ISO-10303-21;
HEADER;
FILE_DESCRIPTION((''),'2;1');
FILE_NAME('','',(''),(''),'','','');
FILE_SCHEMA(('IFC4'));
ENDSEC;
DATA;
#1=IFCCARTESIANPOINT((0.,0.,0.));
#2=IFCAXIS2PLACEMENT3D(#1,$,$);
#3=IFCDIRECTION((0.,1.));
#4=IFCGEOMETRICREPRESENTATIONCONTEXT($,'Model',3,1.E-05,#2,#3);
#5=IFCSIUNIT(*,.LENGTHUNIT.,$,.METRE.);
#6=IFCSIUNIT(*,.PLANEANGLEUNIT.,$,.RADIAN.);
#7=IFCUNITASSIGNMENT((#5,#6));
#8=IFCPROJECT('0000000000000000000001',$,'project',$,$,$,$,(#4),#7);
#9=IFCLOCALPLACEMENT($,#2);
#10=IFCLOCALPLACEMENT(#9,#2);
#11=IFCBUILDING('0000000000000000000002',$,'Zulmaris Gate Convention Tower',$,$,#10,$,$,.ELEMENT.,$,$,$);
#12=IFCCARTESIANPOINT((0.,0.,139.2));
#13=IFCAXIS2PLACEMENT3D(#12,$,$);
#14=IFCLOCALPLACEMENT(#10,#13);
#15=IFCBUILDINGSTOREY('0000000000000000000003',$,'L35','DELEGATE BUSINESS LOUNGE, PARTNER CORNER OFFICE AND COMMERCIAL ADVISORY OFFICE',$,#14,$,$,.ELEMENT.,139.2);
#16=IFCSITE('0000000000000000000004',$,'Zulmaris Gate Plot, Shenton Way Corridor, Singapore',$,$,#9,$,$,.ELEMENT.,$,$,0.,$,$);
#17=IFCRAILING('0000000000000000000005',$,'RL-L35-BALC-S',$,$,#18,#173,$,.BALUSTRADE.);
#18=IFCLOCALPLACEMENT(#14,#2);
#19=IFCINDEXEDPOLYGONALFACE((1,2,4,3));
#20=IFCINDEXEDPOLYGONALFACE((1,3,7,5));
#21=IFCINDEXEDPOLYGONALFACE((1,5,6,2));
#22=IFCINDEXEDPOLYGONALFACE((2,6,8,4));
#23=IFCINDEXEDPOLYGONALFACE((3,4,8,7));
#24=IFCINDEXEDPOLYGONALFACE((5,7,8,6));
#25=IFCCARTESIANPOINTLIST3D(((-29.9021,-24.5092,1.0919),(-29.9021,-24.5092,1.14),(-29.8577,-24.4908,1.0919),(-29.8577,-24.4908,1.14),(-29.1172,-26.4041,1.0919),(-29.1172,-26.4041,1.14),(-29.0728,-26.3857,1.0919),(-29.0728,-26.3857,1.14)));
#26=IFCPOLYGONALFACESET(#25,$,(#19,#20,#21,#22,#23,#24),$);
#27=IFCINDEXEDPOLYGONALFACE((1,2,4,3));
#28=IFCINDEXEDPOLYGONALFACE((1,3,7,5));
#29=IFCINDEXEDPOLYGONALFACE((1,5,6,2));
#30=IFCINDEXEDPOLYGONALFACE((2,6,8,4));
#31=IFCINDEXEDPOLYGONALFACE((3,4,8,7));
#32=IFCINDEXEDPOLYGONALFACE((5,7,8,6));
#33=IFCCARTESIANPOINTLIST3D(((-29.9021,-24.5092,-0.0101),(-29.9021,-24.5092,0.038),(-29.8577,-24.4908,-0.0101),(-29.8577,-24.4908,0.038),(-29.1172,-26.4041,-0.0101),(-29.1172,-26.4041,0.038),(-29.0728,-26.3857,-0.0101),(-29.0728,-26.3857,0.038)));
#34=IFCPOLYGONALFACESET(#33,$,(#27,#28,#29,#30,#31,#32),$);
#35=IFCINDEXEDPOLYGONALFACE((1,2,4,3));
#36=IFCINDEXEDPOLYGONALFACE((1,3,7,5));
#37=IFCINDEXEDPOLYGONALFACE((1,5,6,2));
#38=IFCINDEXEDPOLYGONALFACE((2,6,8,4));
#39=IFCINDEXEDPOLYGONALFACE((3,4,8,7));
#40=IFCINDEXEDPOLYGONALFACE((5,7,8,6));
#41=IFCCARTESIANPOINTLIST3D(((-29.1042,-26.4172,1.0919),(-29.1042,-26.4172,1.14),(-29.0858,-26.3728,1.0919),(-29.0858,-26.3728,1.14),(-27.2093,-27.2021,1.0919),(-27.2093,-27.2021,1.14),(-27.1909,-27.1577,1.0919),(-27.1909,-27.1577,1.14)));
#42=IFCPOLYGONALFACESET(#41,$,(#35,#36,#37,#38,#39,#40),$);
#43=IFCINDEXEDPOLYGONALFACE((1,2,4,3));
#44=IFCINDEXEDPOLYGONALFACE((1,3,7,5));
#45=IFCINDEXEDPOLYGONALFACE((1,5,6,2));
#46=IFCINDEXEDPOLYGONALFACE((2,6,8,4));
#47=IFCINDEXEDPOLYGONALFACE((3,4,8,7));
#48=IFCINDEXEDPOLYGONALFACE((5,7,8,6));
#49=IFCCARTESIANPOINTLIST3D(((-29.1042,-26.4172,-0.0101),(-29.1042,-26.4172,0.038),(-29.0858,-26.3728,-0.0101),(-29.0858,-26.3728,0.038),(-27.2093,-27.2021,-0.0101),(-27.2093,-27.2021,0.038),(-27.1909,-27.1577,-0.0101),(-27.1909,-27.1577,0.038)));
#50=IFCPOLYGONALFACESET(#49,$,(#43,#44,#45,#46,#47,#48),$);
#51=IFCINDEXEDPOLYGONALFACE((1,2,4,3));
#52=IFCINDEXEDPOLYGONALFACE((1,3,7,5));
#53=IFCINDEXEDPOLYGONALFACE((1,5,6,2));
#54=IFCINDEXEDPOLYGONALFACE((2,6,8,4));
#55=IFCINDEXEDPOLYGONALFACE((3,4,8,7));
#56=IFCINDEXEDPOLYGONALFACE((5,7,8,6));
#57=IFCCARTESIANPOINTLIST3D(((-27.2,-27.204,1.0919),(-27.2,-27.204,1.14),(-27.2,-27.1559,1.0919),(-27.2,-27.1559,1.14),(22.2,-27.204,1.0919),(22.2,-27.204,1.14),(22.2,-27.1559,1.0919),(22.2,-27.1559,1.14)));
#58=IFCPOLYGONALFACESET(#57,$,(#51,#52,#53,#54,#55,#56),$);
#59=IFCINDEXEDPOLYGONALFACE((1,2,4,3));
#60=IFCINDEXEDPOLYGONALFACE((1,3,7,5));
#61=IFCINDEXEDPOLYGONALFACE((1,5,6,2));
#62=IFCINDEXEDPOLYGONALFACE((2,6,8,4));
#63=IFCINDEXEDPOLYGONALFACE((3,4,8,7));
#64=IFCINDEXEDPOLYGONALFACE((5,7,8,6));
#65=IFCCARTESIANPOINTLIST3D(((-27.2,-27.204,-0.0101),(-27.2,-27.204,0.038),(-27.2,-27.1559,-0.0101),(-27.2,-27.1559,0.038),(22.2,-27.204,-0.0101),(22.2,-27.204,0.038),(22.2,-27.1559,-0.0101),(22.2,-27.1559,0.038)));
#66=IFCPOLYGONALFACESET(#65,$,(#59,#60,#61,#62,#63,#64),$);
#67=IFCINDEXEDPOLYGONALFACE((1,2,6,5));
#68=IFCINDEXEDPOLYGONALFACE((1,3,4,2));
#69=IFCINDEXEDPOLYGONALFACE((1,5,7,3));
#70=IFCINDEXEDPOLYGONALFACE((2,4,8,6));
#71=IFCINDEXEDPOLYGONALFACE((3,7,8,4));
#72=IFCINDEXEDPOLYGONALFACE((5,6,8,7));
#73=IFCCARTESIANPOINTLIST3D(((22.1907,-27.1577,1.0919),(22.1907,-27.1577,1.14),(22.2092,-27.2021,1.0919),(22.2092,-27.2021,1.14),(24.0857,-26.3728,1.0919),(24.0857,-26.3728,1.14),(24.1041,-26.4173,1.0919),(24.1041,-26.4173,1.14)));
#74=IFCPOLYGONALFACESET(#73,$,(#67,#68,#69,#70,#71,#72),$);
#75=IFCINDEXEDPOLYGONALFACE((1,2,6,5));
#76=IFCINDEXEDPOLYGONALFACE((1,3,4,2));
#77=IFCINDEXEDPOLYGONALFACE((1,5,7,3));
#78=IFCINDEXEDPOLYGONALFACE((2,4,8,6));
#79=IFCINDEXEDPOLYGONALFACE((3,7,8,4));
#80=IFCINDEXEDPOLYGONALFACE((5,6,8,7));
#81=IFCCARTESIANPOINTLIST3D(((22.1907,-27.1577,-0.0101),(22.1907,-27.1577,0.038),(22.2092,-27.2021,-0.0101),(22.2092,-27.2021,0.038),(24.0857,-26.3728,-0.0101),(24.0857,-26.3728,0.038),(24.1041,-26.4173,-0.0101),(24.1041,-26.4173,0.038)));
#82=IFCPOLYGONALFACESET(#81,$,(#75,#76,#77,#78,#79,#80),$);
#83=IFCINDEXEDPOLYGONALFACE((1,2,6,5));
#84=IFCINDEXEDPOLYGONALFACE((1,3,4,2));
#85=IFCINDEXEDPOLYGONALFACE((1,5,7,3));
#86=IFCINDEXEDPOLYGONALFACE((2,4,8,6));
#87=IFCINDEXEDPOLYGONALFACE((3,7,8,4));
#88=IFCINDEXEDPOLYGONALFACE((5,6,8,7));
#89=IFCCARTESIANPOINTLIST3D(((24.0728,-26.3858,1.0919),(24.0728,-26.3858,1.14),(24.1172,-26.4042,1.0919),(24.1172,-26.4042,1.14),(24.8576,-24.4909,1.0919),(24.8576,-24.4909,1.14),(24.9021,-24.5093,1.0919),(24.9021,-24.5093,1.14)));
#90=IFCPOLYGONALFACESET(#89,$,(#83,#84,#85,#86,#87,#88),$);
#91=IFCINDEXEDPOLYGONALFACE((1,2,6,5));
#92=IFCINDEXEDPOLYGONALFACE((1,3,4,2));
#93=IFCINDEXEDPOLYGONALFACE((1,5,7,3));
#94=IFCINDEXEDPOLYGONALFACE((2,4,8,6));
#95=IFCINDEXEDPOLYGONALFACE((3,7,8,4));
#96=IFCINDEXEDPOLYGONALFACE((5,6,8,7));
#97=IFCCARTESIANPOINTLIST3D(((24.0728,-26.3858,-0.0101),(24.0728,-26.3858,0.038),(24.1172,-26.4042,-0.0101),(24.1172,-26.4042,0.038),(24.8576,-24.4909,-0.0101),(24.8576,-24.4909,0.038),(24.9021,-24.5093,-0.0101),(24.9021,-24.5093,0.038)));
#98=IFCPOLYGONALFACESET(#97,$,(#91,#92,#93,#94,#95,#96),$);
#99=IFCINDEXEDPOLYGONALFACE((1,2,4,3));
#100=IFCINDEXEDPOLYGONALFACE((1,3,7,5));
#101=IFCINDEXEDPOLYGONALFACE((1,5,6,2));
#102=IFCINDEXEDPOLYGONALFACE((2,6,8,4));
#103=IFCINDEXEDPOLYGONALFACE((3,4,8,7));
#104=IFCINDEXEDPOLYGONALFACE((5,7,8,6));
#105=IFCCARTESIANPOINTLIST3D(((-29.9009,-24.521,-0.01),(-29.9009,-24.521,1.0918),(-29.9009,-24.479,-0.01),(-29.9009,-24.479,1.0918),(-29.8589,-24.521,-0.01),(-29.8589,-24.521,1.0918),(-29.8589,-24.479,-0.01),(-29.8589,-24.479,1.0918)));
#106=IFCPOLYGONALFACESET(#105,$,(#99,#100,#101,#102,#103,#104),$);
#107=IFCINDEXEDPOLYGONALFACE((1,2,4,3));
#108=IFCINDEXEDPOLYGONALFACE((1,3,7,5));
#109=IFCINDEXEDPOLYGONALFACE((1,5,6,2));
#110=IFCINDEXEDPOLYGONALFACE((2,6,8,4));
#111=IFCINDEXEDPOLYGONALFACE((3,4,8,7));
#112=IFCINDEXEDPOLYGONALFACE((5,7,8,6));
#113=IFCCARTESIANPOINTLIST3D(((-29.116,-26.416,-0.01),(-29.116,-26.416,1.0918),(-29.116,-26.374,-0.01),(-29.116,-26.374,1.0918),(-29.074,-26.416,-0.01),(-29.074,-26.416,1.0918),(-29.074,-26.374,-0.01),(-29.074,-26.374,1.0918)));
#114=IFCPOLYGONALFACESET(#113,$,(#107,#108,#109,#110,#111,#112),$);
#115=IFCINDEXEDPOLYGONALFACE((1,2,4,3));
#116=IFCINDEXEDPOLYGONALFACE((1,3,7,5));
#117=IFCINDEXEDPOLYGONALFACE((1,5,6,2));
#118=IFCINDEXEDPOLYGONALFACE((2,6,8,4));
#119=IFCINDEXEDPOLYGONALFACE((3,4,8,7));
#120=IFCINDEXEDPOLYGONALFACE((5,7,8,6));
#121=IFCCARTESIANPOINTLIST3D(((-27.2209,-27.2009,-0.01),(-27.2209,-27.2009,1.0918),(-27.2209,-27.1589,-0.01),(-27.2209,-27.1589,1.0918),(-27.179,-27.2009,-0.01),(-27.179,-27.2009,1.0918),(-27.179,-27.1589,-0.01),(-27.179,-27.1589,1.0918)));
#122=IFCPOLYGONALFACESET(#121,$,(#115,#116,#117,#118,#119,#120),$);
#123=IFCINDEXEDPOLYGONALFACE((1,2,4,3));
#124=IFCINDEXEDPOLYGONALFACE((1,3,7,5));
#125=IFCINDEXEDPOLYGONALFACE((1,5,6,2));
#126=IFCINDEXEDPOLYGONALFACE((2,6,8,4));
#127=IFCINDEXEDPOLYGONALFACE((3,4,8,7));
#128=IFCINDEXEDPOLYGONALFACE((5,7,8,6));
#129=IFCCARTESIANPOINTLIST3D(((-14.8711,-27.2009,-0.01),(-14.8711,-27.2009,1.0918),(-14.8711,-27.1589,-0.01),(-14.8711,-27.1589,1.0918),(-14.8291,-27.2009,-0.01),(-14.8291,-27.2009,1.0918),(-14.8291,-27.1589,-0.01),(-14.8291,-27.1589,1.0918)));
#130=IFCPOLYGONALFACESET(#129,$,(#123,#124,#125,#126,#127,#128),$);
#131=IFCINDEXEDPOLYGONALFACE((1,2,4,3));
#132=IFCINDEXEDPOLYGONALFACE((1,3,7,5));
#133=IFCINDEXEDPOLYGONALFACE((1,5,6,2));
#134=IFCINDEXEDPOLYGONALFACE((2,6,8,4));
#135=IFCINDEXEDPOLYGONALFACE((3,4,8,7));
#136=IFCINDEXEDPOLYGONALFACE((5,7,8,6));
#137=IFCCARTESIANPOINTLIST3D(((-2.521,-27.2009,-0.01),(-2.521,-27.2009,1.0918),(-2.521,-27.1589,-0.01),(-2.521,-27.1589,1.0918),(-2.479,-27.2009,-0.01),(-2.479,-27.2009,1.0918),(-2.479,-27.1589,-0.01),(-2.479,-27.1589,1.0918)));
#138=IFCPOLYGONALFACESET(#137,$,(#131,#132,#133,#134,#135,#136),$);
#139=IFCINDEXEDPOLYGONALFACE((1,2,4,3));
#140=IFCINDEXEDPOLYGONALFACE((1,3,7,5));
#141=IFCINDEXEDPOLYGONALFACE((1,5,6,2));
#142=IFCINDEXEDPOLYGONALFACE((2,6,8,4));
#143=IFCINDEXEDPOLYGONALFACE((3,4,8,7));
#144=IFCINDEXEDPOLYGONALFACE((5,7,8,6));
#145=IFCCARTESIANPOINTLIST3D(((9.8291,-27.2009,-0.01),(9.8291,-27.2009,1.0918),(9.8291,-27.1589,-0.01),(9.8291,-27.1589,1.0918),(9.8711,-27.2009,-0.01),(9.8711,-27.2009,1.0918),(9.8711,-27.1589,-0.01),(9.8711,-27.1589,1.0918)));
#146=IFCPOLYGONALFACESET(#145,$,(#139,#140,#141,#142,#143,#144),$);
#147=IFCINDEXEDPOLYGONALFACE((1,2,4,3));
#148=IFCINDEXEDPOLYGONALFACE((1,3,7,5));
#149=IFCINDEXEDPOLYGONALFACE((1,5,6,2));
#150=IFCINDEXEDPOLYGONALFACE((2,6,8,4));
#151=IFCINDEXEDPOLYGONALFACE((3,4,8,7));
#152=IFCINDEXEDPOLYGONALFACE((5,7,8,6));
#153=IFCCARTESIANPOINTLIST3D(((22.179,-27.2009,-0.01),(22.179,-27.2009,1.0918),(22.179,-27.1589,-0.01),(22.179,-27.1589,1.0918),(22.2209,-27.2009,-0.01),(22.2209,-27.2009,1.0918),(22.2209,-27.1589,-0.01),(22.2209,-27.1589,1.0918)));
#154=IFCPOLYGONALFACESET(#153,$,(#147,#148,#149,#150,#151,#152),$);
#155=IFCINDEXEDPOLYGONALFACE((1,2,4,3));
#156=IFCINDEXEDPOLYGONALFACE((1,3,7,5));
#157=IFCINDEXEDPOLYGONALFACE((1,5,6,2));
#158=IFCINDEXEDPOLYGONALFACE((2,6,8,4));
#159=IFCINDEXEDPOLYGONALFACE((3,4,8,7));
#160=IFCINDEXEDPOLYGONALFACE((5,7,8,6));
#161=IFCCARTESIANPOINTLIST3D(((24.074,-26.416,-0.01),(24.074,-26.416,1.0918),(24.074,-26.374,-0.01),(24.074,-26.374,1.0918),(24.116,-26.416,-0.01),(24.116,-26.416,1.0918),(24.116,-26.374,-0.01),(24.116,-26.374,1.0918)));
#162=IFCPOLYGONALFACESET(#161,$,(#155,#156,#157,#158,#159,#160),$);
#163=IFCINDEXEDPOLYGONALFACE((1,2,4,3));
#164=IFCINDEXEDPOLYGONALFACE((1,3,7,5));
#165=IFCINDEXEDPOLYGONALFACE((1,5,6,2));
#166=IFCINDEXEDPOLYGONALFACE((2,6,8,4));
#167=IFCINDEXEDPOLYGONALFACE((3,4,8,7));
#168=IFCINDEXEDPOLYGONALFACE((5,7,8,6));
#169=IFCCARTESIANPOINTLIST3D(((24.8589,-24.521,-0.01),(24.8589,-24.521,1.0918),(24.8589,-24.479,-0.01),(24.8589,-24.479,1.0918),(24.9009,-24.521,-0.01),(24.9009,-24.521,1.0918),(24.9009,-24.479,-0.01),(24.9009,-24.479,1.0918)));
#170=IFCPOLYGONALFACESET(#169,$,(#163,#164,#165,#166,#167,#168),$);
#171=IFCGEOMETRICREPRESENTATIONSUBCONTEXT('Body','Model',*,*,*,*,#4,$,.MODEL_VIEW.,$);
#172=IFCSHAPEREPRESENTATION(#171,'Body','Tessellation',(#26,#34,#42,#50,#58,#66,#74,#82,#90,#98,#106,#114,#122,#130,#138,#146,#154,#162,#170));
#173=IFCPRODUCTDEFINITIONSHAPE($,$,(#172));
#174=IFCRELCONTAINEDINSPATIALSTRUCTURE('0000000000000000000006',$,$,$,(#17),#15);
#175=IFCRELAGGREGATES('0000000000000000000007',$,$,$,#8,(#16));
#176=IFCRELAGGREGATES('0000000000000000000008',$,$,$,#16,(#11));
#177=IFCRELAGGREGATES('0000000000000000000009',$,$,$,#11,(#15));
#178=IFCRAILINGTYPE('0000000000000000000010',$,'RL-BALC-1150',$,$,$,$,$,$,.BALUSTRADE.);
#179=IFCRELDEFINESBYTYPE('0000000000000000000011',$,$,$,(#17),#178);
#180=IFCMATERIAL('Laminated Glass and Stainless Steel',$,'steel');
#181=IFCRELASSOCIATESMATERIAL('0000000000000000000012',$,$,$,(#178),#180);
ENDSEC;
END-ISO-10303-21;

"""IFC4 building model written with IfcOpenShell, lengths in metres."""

from ifc_helpers import new_model, si_unit, direction, frame, origin, origin_2d, place, context, subcontext, project, spatial, rectangle, extrude, material, type_object, element, save


model = new_model("IFC4")

# Units and contexts
model_context = context("Model", 3, precision=1e-05, world=origin(), true_north=direction((0.0, 1.0)))
body_context = subcontext(model_context, "Body", "Model", "MODEL_VIEW")
ifc_project = project(units=[si_unit("LENGTHUNIT", "METRE"), si_unit("PLANEANGLEUNIT", "RADIAN")], contexts=[model_context])

# Site, building, storey
site_placement = place(None, origin())
site = spatial("IfcSite", under=ifc_project, at=site_placement, Name="Zulmaris Gate Plot, Shenton Way Corridor, Singapore", CompositionType="ELEMENT", RefElevation=0.0)
building_placement = place(site_placement, origin())
building = spatial("IfcBuilding", under=site, at=building_placement, Name="Zulmaris Gate Convention Tower", CompositionType="ELEMENT")
storey_placement = place(building_placement, frame((0.0, 0.0, 139.2)))
storey = spatial("IfcBuildingStorey", under=building, at=storey_placement, Name="L35", Description="DELEGATE BUSINESS LOUNGE, PARTNER CORNER OFFICE AND COMMERCIAL ADVISORY OFFICE", CompositionType="ELEMENT", Elevation=139.2)

# Railing
ifc_material_1 = material(Name="Laminated Glass and Stainless Steel", Category="steel")
railing_type = type_object("IfcRailingType", Name="RL-BALC-1150", PredefinedType="BALUSTRADE", material=ifc_material_1)
railing_placement = place(storey_placement, frame((-29.8799, -24.5, -0.01)))
element("IfcRailing", 1, at=railing_placement, inside=storey, type_object=railing_type, Name="RL-L35-BALC-S", PredefinedType="BALUSTRADE", context=body_context, shape_type="SweptSolid", body=[
    extrude(rectangle(XDim=0.0481, YDim=0.0481, at=origin_2d()), frame((0.0, 0.0, 1.126), z_axis=(0.382671, -0.923885, 0.0), x_axis=(0.923885, 0.382671, 0.0)), (0.0, 0.0, 1.0), 2.051),
    extrude(rectangle(XDim=0.0481, YDim=0.0481, at=origin_2d()), frame((0.0, 0.0, 0.0239), z_axis=(0.382671, -0.923885, 0.0), x_axis=(0.923885, 0.382671, 0.0)), (0.0, 0.0, 1.0), 2.051),
    extrude(rectangle(XDim=0.0481, YDim=0.0481, at=origin_2d()), frame((0.7849, -1.895, 1.126), z_axis=(0.923885, -0.382671, 0.0), x_axis=(0.382671, 0.923885, 0.0)), (0.0, 0.0, 1.0), 2.051),
    extrude(rectangle(XDim=0.0481, YDim=0.0481, at=origin_2d()), frame((0.7849, -1.895, 0.0239), z_axis=(0.923885, -0.382671, 0.0), x_axis=(0.382671, 0.923885, 0.0)), (0.0, 0.0, 1.0), 2.051),
    extrude(rectangle(XDim=0.0481, YDim=0.0481, at=origin_2d()), frame((2.6799, -2.6799, 1.126), z_axis=(1.0, 0.0, 0.0), x_axis=(0.0, 1.0, 0.0)), (0.0, 0.0, 1.0), 49.3999),
    extrude(rectangle(XDim=0.0481, YDim=0.0481, at=origin_2d()), frame((2.6799, -2.6799, 0.0239), z_axis=(1.0, 0.0, 0.0), x_axis=(0.0, 1.0, 0.0)), (0.0, 0.0, 1.0), 49.3999),
    extrude(rectangle(XDim=0.0481, YDim=0.0481, at=origin_2d()), frame((52.0798, -2.6799, 1.126), z_axis=(0.923885, 0.382671, 0.0), x_axis=(-0.382671, 0.923885, 0.0)), (0.0, 0.0, 1.0), 2.051),
    extrude(rectangle(XDim=0.0481, YDim=0.0481, at=origin_2d()), frame((52.0798, -2.6799, 0.0239), z_axis=(0.923885, 0.382671, 0.0), x_axis=(-0.382671, 0.923885, 0.0)), (0.0, 0.0, 1.0), 2.051),
    extrude(rectangle(XDim=0.0481, YDim=0.0481, at=origin_2d()), frame((53.9749, -1.895, 1.126), z_axis=(0.382671, 0.923885, 0.0), x_axis=(-0.923885, 0.382671, 0.0)), (0.0, 0.0, 1.0), 2.051),
    extrude(rectangle(XDim=0.0481, YDim=0.0481, at=origin_2d()), frame((53.9749, -1.895, 0.0239), z_axis=(0.382671, 0.923885, 0.0), x_axis=(-0.923885, 0.382671, 0.0)), (0.0, 0.0, 1.0), 2.051),
    extrude(rectangle(XDim=0.042, YDim=0.042, at=origin_2d()), origin(), (0.0, 0.0, 1.0), 1.1018),
    extrude(rectangle(XDim=0.042, YDim=0.042, at=origin_2d()), frame((0.7849, -1.895, 0.0)), (0.0, 0.0, 1.0), 1.1018),
    extrude(rectangle(XDim=0.042, YDim=0.042, at=origin_2d()), frame((2.6799, -2.6799, 0.0)), (0.0, 0.0, 1.0), 1.1018),
    extrude(rectangle(XDim=0.042, YDim=0.042, at=origin_2d()), frame((15.0298, -2.6799, 0.0)), (0.0, 0.0, 1.0), 1.1018),
    extrude(rectangle(XDim=0.042, YDim=0.042, at=origin_2d()), frame((27.3799, -2.6799, 0.0)), (0.0, 0.0, 1.0), 1.1018),
    extrude(rectangle(XDim=0.042, YDim=0.042, at=origin_2d()), frame((39.73, -2.6799, 0.0)), (0.0, 0.0, 1.0), 1.1018),
    extrude(rectangle(XDim=0.042, YDim=0.042, at=origin_2d()), frame((52.0798, -2.6799, 0.0)), (0.0, 0.0, 1.0), 1.1018),
    extrude(rectangle(XDim=0.042, YDim=0.042, at=origin_2d()), frame((53.9749, -1.895, 0.0)), (0.0, 0.0, 1.0), 1.1018),
    extrude(rectangle(XDim=0.042, YDim=0.042, at=origin_2d()), frame((54.7598, 0.0, 0.0)), (0.0, 0.0, 1.0), 1.1018),
])

save(model, "model.ifc")
